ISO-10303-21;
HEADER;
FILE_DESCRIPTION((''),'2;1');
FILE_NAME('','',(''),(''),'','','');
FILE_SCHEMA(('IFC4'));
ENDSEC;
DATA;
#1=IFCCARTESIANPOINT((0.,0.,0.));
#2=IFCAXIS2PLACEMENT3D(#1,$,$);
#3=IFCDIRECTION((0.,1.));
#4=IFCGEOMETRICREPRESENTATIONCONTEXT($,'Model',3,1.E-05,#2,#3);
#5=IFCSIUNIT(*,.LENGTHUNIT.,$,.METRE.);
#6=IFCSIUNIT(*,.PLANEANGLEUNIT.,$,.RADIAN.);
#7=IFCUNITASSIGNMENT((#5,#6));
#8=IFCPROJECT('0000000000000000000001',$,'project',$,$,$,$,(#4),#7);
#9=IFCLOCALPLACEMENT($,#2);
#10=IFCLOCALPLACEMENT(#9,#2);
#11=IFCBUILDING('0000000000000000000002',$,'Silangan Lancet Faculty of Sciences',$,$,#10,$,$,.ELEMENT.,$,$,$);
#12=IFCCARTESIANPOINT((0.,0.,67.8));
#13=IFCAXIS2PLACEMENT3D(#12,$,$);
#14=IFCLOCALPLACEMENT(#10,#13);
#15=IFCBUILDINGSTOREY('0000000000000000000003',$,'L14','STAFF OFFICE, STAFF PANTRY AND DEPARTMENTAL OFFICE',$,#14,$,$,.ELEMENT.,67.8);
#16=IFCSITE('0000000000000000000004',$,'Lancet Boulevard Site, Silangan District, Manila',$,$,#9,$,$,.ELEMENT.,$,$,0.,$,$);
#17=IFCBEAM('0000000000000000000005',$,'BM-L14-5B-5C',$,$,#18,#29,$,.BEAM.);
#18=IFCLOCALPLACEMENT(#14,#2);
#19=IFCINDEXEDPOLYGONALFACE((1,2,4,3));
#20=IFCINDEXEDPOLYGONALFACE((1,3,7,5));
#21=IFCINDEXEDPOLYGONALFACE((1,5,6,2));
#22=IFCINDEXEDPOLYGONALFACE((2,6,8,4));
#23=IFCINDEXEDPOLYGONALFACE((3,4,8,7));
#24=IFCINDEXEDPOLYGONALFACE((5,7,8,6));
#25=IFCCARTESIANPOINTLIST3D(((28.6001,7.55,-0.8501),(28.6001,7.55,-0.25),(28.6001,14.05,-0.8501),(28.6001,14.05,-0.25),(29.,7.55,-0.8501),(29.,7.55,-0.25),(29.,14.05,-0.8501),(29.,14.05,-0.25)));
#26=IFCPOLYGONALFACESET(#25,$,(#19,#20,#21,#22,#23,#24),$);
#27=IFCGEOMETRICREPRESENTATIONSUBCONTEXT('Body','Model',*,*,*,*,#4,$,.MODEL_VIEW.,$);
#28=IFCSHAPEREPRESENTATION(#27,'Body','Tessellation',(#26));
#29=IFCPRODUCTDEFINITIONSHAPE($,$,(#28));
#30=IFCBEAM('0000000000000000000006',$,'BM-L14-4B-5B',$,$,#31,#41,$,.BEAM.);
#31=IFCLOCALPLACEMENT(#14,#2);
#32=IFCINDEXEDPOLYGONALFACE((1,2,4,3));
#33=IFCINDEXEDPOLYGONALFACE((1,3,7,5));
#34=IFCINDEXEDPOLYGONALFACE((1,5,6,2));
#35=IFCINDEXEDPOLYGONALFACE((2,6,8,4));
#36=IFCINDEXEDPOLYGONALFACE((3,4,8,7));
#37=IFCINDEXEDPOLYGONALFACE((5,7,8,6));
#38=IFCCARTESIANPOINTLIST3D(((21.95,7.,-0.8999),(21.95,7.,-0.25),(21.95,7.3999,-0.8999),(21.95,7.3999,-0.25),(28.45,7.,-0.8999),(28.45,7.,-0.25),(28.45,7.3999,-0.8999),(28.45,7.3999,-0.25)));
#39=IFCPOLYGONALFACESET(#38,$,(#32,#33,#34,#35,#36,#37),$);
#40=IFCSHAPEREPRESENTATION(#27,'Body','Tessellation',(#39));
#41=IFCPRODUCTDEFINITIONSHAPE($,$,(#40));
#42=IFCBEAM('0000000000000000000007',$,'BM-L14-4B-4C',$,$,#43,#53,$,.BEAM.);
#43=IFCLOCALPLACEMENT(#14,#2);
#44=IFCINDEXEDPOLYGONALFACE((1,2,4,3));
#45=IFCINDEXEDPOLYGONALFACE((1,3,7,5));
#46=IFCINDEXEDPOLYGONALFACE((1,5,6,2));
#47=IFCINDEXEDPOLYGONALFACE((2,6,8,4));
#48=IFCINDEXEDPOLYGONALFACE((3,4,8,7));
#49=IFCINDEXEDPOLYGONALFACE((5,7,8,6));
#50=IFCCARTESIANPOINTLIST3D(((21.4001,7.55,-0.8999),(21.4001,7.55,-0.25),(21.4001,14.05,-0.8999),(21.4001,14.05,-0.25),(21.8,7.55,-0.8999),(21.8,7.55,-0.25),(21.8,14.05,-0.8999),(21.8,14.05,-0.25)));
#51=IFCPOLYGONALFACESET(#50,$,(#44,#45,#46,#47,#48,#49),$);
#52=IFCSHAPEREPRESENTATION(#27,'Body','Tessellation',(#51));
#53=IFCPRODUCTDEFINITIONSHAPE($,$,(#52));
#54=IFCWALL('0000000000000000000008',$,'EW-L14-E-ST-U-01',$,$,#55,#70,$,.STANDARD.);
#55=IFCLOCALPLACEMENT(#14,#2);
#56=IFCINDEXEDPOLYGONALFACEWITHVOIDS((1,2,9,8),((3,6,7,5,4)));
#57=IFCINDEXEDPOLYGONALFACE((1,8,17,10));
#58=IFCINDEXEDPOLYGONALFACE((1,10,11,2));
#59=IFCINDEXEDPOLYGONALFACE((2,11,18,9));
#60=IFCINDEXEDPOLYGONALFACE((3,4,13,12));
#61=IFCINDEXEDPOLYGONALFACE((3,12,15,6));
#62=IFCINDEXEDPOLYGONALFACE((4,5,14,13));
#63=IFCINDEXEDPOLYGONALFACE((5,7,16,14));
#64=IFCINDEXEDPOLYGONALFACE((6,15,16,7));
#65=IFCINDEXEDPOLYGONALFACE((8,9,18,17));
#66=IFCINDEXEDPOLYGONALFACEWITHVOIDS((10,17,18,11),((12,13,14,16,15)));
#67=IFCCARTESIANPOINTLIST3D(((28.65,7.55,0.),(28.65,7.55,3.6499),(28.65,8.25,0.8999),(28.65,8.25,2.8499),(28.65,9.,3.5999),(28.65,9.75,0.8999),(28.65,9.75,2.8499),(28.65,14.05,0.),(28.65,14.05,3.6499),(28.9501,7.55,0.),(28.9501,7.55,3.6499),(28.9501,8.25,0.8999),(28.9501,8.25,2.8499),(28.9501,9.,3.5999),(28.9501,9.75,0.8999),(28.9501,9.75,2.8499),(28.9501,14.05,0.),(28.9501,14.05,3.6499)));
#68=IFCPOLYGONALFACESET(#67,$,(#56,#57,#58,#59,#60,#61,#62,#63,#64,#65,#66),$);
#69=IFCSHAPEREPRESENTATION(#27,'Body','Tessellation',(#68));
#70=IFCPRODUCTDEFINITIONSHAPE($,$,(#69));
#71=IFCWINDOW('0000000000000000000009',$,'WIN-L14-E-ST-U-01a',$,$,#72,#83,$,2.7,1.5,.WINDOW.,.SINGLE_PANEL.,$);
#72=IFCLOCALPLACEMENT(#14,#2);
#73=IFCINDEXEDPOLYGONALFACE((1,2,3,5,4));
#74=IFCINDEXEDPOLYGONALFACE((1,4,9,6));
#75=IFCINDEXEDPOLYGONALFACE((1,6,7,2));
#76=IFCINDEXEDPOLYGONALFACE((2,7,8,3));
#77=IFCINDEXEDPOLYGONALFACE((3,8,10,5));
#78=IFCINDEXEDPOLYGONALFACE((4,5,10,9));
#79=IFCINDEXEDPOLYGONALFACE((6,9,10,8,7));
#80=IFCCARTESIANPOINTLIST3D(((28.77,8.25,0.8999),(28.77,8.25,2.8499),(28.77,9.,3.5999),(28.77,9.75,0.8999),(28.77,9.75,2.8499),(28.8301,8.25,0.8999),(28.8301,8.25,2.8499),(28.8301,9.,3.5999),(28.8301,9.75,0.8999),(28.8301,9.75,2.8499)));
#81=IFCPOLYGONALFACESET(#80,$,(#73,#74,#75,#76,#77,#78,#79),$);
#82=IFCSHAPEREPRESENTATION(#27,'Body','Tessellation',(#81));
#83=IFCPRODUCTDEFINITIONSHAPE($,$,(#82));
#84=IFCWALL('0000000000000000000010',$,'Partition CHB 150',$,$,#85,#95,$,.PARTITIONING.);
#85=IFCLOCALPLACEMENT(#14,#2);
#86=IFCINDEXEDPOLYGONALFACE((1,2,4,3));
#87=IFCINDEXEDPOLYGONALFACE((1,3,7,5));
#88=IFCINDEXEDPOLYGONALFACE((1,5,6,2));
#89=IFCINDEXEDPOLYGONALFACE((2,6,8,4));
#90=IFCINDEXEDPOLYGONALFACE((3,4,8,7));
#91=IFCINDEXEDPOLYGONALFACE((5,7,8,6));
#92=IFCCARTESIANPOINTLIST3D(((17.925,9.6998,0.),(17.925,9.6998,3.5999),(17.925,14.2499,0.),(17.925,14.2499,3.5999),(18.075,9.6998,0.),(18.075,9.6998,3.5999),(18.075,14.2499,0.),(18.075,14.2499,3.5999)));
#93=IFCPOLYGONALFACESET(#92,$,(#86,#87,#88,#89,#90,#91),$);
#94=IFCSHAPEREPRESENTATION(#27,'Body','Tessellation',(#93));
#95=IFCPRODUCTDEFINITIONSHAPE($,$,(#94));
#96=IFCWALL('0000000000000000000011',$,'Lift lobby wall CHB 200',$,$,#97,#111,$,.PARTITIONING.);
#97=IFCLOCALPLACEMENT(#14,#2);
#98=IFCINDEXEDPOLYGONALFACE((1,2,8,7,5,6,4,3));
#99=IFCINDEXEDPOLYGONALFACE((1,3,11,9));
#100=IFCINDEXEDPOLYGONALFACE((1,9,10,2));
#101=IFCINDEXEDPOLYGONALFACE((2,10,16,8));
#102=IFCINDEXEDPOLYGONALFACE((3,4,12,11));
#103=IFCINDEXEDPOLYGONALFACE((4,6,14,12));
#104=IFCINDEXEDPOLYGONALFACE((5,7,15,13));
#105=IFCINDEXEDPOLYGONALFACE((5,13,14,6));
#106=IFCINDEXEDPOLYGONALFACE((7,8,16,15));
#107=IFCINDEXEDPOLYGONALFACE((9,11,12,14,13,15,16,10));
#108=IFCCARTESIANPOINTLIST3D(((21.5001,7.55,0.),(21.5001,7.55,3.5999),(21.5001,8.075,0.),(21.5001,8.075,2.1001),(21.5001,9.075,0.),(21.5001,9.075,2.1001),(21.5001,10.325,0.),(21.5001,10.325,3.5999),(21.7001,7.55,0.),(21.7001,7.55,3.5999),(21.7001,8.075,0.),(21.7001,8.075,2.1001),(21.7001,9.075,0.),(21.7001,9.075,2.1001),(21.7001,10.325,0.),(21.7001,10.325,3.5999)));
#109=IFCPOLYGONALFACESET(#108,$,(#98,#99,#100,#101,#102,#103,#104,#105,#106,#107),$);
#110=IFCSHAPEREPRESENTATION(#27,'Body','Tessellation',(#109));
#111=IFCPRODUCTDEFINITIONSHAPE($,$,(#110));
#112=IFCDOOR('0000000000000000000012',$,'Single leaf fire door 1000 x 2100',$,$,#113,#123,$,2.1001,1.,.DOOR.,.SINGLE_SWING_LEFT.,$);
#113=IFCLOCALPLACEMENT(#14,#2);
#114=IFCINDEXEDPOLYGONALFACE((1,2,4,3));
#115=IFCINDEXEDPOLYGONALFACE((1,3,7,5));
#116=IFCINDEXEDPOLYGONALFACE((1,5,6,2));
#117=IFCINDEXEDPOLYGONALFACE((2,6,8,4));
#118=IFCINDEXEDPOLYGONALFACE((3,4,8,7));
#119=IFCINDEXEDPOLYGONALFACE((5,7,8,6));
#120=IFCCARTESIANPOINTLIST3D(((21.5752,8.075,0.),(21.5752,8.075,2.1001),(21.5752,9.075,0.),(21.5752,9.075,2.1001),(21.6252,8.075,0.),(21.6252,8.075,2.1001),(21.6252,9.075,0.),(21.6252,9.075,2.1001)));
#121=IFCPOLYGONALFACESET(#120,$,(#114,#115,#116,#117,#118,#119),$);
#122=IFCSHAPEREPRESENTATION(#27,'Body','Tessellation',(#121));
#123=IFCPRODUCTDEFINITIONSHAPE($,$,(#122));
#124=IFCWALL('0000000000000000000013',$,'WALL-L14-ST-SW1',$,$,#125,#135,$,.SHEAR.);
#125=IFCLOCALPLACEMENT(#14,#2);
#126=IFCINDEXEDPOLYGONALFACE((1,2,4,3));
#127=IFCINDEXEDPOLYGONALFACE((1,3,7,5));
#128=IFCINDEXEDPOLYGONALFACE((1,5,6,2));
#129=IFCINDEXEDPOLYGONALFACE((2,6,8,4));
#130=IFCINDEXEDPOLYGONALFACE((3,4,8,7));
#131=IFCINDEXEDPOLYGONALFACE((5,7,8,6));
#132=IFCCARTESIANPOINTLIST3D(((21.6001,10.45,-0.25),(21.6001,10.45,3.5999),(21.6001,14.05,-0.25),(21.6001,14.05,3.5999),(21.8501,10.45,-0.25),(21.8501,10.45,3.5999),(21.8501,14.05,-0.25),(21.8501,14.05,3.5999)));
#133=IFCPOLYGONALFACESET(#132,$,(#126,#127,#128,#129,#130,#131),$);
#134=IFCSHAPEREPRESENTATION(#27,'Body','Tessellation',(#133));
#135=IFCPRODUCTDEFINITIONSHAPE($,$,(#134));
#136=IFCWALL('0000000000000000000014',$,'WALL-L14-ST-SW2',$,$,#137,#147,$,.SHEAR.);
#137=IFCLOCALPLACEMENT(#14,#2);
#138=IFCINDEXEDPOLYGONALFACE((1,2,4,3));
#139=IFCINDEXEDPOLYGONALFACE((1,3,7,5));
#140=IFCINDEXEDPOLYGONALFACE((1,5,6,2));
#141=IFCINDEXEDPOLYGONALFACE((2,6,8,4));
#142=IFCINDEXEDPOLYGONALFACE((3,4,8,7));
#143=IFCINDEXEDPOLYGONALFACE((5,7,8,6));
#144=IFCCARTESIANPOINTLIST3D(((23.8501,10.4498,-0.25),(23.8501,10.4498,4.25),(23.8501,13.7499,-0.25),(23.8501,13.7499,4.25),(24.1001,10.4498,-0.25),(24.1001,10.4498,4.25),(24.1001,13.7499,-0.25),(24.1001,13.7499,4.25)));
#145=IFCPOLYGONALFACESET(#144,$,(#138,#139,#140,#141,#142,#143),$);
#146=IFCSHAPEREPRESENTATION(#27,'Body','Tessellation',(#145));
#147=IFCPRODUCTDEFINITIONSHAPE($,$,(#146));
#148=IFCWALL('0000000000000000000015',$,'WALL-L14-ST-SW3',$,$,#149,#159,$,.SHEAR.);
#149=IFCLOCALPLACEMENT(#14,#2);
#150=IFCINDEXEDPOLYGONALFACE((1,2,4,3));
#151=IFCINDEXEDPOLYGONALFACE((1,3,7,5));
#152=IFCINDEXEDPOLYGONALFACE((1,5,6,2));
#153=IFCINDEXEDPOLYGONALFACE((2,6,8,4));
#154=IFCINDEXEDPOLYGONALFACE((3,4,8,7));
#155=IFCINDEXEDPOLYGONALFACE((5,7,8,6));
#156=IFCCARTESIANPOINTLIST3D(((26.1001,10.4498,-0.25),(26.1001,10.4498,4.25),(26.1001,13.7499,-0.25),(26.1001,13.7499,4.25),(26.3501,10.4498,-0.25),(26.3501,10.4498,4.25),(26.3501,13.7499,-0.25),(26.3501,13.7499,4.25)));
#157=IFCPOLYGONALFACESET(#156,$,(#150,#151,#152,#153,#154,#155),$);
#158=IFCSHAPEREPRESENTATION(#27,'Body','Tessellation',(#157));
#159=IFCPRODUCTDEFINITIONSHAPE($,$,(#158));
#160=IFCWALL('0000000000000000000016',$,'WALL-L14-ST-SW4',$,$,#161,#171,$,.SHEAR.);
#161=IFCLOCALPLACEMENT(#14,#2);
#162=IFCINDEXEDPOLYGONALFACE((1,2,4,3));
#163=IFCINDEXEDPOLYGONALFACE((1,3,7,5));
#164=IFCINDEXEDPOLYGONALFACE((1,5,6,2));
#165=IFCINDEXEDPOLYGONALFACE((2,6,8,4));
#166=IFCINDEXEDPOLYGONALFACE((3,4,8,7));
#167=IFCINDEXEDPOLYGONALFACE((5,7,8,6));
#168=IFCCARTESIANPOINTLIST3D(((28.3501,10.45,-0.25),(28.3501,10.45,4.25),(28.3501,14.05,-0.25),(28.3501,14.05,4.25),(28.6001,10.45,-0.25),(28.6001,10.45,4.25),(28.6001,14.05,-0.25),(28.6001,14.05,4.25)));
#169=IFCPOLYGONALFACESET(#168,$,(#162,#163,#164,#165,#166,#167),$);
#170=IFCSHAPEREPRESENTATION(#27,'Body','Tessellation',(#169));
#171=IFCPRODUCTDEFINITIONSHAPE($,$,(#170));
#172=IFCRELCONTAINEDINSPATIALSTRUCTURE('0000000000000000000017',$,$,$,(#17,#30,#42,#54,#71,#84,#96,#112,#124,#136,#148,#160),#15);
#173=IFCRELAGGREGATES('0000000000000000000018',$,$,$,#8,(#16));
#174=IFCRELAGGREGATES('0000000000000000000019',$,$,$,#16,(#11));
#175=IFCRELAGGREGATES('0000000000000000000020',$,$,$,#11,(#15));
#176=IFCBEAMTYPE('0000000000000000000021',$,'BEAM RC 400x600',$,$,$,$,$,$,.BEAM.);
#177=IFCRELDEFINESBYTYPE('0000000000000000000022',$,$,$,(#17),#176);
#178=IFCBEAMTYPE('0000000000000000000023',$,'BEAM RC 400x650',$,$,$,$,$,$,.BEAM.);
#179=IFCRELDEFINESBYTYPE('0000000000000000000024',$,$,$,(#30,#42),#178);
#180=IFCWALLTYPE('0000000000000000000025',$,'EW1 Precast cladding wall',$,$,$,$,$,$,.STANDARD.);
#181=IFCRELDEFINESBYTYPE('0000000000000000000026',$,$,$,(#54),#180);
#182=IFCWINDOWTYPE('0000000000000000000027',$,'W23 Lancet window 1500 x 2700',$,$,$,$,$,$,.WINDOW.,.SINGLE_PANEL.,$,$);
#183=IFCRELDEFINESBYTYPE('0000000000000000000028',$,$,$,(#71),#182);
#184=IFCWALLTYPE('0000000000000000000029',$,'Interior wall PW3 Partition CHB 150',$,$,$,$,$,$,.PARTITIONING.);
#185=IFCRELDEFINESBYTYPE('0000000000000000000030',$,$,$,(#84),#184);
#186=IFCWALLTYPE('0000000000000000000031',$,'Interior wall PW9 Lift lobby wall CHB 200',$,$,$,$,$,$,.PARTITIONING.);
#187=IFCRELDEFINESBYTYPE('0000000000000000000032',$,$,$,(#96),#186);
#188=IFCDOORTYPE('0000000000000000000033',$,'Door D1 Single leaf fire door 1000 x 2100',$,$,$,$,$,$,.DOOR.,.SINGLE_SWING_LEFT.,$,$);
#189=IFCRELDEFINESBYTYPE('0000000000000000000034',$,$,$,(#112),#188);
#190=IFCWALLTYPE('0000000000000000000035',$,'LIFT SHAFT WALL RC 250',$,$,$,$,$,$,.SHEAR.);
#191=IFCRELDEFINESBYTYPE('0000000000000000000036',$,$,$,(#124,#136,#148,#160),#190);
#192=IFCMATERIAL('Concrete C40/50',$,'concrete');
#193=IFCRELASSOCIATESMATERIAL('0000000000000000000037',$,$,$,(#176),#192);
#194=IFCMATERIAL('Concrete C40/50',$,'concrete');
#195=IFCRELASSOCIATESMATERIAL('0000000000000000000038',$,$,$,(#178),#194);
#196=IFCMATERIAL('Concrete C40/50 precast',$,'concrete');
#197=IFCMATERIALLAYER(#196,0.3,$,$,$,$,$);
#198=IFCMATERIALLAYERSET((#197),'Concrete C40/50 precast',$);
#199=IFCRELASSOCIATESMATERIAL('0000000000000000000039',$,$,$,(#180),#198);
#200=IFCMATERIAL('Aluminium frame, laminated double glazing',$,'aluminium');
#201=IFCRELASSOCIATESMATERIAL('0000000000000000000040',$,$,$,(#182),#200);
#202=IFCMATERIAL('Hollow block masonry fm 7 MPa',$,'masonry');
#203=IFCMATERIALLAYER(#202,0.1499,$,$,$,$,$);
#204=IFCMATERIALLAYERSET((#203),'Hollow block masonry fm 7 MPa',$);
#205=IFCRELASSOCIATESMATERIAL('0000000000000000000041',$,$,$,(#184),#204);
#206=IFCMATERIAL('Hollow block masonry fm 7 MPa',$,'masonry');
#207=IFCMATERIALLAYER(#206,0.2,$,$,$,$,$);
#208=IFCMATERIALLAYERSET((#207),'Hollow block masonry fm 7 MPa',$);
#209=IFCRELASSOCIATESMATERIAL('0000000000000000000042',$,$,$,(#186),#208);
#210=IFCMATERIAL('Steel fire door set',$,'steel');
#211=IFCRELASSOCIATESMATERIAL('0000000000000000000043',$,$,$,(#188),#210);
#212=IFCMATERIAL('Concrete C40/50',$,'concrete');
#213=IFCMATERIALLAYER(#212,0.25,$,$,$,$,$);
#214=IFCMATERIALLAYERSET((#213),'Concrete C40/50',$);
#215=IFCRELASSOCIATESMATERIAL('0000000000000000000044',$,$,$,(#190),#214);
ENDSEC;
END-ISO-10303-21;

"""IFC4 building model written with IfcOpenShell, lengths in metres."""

from ifc_helpers import new_model, si_unit, direction, frame, frame_2d, origin, origin_2d, place, context, subcontext, project, spatial, polyline, rectangle, outline, extrude, material, layer, layer_set, material_profile, profile_set, type_object, element, fill, save


model = new_model("IFC4")

# Units and contexts
model_context = context("Model", 3, precision=1e-05, world=origin(), true_north=direction((0.0, 1.0)))
body_context = subcontext(model_context, "Body", "Model", "MODEL_VIEW")
ifc_project = project(units=[si_unit("LENGTHUNIT", "METRE"), si_unit("PLANEANGLEUNIT", "RADIAN")], contexts=[model_context])

# Site, building, storey
site_placement = place(None, origin())
site = spatial("IfcSite", under=ifc_project, at=site_placement, Name="Lancet Boulevard Site, Silangan District, Manila", CompositionType="ELEMENT", RefElevation=0.0)
building_placement = place(site_placement, origin())
building = spatial("IfcBuilding", under=site, at=building_placement, Name="Silangan Lancet Faculty of Sciences", CompositionType="ELEMENT")
storey_placement = place(building_placement, frame((0.0, 0.0, 67.8)))
storey = spatial("IfcBuildingStorey", under=building, at=storey_placement, Name="L14", Description="STAFF OFFICE, STAFF PANTRY AND DEPARTMENTAL OFFICE", CompositionType="ELEMENT", Elevation=67.8)

# Beams
ifc_material_1 = material(Name="Concrete C40/50", Category="concrete")
ifc_material_profile_1 = material_profile(ifc_material_1, rectangle(XDim=0.3999, YDim=0.6001, at=origin_2d()), Name="RC 400x600")
ifc_profile_set_1 = profile_set([ifc_material_profile_1], Name="Concrete C40/50")
beam_type_1 = type_object("IfcBeamType", Name="BEAM RC 400x600", PredefinedType="BEAM", material=ifc_profile_set_1)
beam_placement = place(storey_placement, frame((28.8, 7.55, -0.55), z_axis=(0.0, 1.0, 0.0), x_axis=(-1.0, 0.0, 0.0)))
element("IfcBeam", 1, at=beam_placement, inside=storey, type_object=beam_type_1, Name="BM-L14-5B-5C", PredefinedType="BEAM", context=body_context, shape_type="SweptSolid", body=[
    extrude(rectangle(XDim=0.3999, YDim=0.6001, at=origin_2d()), origin(), (0.0, 0.0, 1.0), 6.5),
])
ifc_material_2 = material(Name="Concrete C40/50", Category="concrete")
ifc_material_profile_2 = material_profile(ifc_material_2, rectangle(XDim=0.3999, YDim=0.6499, at=origin_2d()), Name="RC 400x650")
ifc_profile_set_2 = profile_set([ifc_material_profile_2], Name="Concrete C40/50")
beam_type_2 = type_object("IfcBeamType", Name="BEAM RC 400x650", PredefinedType="BEAM", material=ifc_profile_set_2)
for number, where, z_axis, x_axis, name in (
    (2, (21.95, 7.2, -0.575), (1.0, 0.0, 0.0), (0.0, 1.0, 0.0), "BM-L14-4B-5B"),
    (3, (21.6001, 7.55, -0.575), (0.0, 1.0, 0.0), (-1.0, 0.0, 0.0), "BM-L14-4B-4C"),
):
    element("IfcBeam", number, at=place(storey_placement, frame(where, z_axis=z_axis, x_axis=x_axis)), inside=storey, type_object=beam_type_2, Name=name, PredefinedType="BEAM", context=body_context, shape_type="SweptSolid", body=[
        extrude(rectangle(XDim=0.3999, YDim=0.6499, at=origin_2d()), origin(), (0.0, 0.0, 1.0), 6.5),
    ])

# Wall, opening, window
ifc_material_3 = material(Name="Concrete C40/50 precast", Category="concrete")
ifc_layer_1 = layer(ifc_material_3, 0.3)
ifc_layer_set_1 = layer_set([ifc_layer_1], Name="Concrete C40/50 precast")
wall_type_1 = type_object("IfcWallType", Name="EW1 Precast cladding wall", PredefinedType="STANDARD", material=ifc_layer_set_1)
wall_1_placement = place(storey_placement, frame((28.8, 7.55, 0.0), z_axis=(0.0, 0.0, 1.0), x_axis=(0.0, 1.0, 0.0)))
wall_1 = element("IfcWall", 4, at=wall_1_placement, inside=storey, type_object=wall_type_1, Name="EW-L14-E-ST-U-01", PredefinedType="STANDARD", context=body_context, shape_type="SweptSolid", body=[
    extrude(rectangle(XDim=6.5, YDim=0.3, at=frame_2d((3.25, 0.0))), origin(), (0.0, 0.0, 1.0), 3.6499),
])
opening_1_placement = place(wall_1_placement, frame((0.7, 0.0, 0.8999)))
opening_1 = element("IfcOpeningElement", 5, at=opening_1_placement, cuts=wall_1, PredefinedType="OPENING", context=body_context, shape_type="SweptSolid", body=[
    extrude(outline(polyline([(0.0, 0.0), (1.5, 0.0), (1.5, 1.95), (0.75, 2.7), (0.0, 1.95), (0.0, 0.0)])), frame((0.0, 0.1599, 0.0), z_axis=(0.0, -1.0, 0.0), x_axis=(1.0, 0.0, 0.0)), (0.0, 0.0, 1.0), 0.3201),
])
ifc_material_4 = material(Name="Aluminium frame, laminated double glazing", Category="aluminium")
window_type = type_object("IfcWindowType", Name="W23 Lancet window 1500 x 2700", PartitioningType="SINGLE_PANEL", PredefinedType="WINDOW", material=ifc_material_4)
window_placement = place(opening_1_placement, origin())
window = element("IfcWindow", 6, at=window_placement, inside=storey, type_object=window_type, Name="WIN-L14-E-ST-U-01a", OverallHeight=2.7, OverallWidth=1.5, PartitioningType="SINGLE_PANEL", PredefinedType="WINDOW", context=body_context, shape_type="SweptSolid", body=[
    extrude(outline(polyline([(0.0, 0.0), (1.5, 0.0), (1.5, 1.95), (0.75, 2.7), (0.0, 1.95), (0.0, 0.0)])), frame((0.0, 0.03, 0.0), z_axis=(0.0, -1.0, 0.0), x_axis=(1.0, 0.0, 0.0)), (0.0, 0.0, 1.0), 0.0601),
])
fill(opening_1, window)

# Wall
ifc_material_5 = material(Name="Hollow block masonry fm 7 MPa", Category="masonry")
ifc_layer_2 = layer(ifc_material_5, 0.1499)
ifc_layer_set_2 = layer_set([ifc_layer_2], Name="Hollow block masonry fm 7 MPa")
wall_type_2 = type_object("IfcWallType", Name="Interior wall PW3 Partition CHB 150", PredefinedType="PARTITIONING", material=ifc_layer_set_2)
wall_2_placement = place(storey_placement, frame((18.0, 9.7, 0.0), z_axis=(0.0, 0.0, 1.0), x_axis=(0.0, 1.0, 0.0)))
element("IfcWall", 7, at=wall_2_placement, inside=storey, type_object=wall_type_2, Name="Partition CHB 150", PredefinedType="PARTITIONING", context=body_context, shape_type="SweptSolid", body=[
    extrude(rectangle(XDim=4.55, YDim=0.1499, at=frame_2d((2.2749, 0.0))), origin(), (0.0, 0.0, 1.0), 3.5999),
])

# Wall, opening, door
ifc_material_6 = material(Name="Hollow block masonry fm 7 MPa", Category="masonry")
ifc_layer_3 = layer(ifc_material_6, 0.2)
ifc_layer_set_3 = layer_set([ifc_layer_3], Name="Hollow block masonry fm 7 MPa")
wall_type_3 = type_object("IfcWallType", Name="Interior wall PW9 Lift lobby wall CHB 200", PredefinedType="PARTITIONING", material=ifc_layer_set_3)
wall_3_placement = place(storey_placement, frame((21.6001, 7.55, 0.0), z_axis=(0.0, 0.0, 1.0), x_axis=(0.0, 1.0, 0.0)))
wall_3 = element("IfcWall", 8, at=wall_3_placement, inside=storey, type_object=wall_type_3, Name="Lift lobby wall CHB 200", PredefinedType="PARTITIONING", context=body_context, shape_type="SweptSolid", body=[
    extrude(rectangle(XDim=2.7749, YDim=0.2, at=frame_2d((1.3875, 0.0))), origin(), (0.0, 0.0, 1.0), 3.5999),
])
opening_2_placement = place(wall_3_placement, frame((0.5249, 0.0, 0.0)))
opening_2 = element("IfcOpeningElement", 9, at=opening_2_placement, cuts=wall_3, PredefinedType="OPENING", context=body_context, shape_type="SweptSolid", body=[
    extrude(rectangle(XDim=1.0, YDim=2.1001, at=frame_2d((0.5, 1.05))), frame((0.0, 0.1099, 0.0), z_axis=(0.0, -1.0, 0.0), x_axis=(1.0, 0.0, 0.0)), (0.0, 0.0, 1.0), 0.22),
])
ifc_material_7 = material(Name="Steel fire door set", Category="steel")
door_type_1 = type_object("IfcDoorType", Name="Door D1 Single leaf fire door 1000 x 2100", OperationType="SINGLE_SWING_LEFT", PredefinedType="DOOR", material=ifc_material_7)
door_1_placement = place(opening_2_placement, origin())
door_1 = element("IfcDoor", 10, at=door_1_placement, inside=storey, type_object=door_type_1, Name="Single leaf fire door 1000 x 2100", OperationType="SINGLE_SWING_LEFT", OverallHeight=2.1001, OverallWidth=1.0, PredefinedType="DOOR", context=body_context, shape_type="SweptSolid", body=[
    extrude(rectangle(XDim=1.0, YDim=2.1001, at=frame_2d((0.5, 1.05))), frame((0.0, 0.0249, 0.0), z_axis=(0.0, -1.0, 0.0), x_axis=(1.0, 0.0, 0.0)), (0.0, 0.0, 1.0), 0.05),
])
fill(opening_2, door_1)

# Walls
ifc_material_8 = material(Name="Concrete C40/50", Category="concrete")
ifc_layer_4 = layer(ifc_material_8, 0.25)
ifc_layer_set_4 = layer_set([ifc_layer_4], Name="Concrete C40/50")
wall_type_4 = type_object("IfcWallType", Name="LIFT SHAFT WALL RC 250", PredefinedType="SHEAR", material=ifc_layer_set_4)
wall_4_placement = place(storey_placement, frame((21.7251, 10.45, -0.25), z_axis=(0.0, 0.0, 1.0), x_axis=(0.0, 1.0, 0.0)))
element("IfcWall", 11, at=wall_4_placement, inside=storey, type_object=wall_type_4, Name="WALL-L14-ST-SW1", PredefinedType="SHEAR", context=body_context, shape_type="SweptSolid", body=[
    extrude(rectangle(XDim=3.6001, YDim=0.25, at=frame_2d((1.8, 0.0))), origin(), (0.0, 0.0, 1.0), 3.8499),
])
for number, where, z_axis, x_axis, name in (
    (12, (23.9751, 10.45, -0.25), (0.0, 0.0, 1.0), (0.0, 1.0, 0.0), "WALL-L14-ST-SW2"),
    (13, (26.2251, 10.45, -0.25), (0.0, 0.0, 1.0), (0.0, 1.0, 0.0), "WALL-L14-ST-SW3"),
):
    element("IfcWall", number, at=place(storey_placement, frame(where, z_axis=z_axis, x_axis=x_axis)), inside=storey, type_object=wall_type_4, Name=name, PredefinedType="SHEAR", context=body_context, shape_type="SweptSolid", body=[
        extrude(rectangle(XDim=3.3, YDim=0.25, at=frame_2d((1.6499, 0.0))), origin(), (0.0, 0.0, 1.0), 4.5),
    ])
wall_5_placement = place(storey_placement, frame((28.4751, 10.45, -0.25), z_axis=(0.0, 0.0, 1.0), x_axis=(0.0, 1.0, 0.0)))
element("IfcWall", 14, at=wall_5_placement, inside=storey, type_object=wall_type_4, Name="WALL-L14-ST-SW4", PredefinedType="SHEAR", context=body_context, shape_type="SweptSolid", body=[
    extrude(rectangle(XDim=3.6001, YDim=0.25, at=frame_2d((1.8, 0.0))), origin(), (0.0, 0.0, 1.0), 4.5),
])

save(model, "model.ifc")
